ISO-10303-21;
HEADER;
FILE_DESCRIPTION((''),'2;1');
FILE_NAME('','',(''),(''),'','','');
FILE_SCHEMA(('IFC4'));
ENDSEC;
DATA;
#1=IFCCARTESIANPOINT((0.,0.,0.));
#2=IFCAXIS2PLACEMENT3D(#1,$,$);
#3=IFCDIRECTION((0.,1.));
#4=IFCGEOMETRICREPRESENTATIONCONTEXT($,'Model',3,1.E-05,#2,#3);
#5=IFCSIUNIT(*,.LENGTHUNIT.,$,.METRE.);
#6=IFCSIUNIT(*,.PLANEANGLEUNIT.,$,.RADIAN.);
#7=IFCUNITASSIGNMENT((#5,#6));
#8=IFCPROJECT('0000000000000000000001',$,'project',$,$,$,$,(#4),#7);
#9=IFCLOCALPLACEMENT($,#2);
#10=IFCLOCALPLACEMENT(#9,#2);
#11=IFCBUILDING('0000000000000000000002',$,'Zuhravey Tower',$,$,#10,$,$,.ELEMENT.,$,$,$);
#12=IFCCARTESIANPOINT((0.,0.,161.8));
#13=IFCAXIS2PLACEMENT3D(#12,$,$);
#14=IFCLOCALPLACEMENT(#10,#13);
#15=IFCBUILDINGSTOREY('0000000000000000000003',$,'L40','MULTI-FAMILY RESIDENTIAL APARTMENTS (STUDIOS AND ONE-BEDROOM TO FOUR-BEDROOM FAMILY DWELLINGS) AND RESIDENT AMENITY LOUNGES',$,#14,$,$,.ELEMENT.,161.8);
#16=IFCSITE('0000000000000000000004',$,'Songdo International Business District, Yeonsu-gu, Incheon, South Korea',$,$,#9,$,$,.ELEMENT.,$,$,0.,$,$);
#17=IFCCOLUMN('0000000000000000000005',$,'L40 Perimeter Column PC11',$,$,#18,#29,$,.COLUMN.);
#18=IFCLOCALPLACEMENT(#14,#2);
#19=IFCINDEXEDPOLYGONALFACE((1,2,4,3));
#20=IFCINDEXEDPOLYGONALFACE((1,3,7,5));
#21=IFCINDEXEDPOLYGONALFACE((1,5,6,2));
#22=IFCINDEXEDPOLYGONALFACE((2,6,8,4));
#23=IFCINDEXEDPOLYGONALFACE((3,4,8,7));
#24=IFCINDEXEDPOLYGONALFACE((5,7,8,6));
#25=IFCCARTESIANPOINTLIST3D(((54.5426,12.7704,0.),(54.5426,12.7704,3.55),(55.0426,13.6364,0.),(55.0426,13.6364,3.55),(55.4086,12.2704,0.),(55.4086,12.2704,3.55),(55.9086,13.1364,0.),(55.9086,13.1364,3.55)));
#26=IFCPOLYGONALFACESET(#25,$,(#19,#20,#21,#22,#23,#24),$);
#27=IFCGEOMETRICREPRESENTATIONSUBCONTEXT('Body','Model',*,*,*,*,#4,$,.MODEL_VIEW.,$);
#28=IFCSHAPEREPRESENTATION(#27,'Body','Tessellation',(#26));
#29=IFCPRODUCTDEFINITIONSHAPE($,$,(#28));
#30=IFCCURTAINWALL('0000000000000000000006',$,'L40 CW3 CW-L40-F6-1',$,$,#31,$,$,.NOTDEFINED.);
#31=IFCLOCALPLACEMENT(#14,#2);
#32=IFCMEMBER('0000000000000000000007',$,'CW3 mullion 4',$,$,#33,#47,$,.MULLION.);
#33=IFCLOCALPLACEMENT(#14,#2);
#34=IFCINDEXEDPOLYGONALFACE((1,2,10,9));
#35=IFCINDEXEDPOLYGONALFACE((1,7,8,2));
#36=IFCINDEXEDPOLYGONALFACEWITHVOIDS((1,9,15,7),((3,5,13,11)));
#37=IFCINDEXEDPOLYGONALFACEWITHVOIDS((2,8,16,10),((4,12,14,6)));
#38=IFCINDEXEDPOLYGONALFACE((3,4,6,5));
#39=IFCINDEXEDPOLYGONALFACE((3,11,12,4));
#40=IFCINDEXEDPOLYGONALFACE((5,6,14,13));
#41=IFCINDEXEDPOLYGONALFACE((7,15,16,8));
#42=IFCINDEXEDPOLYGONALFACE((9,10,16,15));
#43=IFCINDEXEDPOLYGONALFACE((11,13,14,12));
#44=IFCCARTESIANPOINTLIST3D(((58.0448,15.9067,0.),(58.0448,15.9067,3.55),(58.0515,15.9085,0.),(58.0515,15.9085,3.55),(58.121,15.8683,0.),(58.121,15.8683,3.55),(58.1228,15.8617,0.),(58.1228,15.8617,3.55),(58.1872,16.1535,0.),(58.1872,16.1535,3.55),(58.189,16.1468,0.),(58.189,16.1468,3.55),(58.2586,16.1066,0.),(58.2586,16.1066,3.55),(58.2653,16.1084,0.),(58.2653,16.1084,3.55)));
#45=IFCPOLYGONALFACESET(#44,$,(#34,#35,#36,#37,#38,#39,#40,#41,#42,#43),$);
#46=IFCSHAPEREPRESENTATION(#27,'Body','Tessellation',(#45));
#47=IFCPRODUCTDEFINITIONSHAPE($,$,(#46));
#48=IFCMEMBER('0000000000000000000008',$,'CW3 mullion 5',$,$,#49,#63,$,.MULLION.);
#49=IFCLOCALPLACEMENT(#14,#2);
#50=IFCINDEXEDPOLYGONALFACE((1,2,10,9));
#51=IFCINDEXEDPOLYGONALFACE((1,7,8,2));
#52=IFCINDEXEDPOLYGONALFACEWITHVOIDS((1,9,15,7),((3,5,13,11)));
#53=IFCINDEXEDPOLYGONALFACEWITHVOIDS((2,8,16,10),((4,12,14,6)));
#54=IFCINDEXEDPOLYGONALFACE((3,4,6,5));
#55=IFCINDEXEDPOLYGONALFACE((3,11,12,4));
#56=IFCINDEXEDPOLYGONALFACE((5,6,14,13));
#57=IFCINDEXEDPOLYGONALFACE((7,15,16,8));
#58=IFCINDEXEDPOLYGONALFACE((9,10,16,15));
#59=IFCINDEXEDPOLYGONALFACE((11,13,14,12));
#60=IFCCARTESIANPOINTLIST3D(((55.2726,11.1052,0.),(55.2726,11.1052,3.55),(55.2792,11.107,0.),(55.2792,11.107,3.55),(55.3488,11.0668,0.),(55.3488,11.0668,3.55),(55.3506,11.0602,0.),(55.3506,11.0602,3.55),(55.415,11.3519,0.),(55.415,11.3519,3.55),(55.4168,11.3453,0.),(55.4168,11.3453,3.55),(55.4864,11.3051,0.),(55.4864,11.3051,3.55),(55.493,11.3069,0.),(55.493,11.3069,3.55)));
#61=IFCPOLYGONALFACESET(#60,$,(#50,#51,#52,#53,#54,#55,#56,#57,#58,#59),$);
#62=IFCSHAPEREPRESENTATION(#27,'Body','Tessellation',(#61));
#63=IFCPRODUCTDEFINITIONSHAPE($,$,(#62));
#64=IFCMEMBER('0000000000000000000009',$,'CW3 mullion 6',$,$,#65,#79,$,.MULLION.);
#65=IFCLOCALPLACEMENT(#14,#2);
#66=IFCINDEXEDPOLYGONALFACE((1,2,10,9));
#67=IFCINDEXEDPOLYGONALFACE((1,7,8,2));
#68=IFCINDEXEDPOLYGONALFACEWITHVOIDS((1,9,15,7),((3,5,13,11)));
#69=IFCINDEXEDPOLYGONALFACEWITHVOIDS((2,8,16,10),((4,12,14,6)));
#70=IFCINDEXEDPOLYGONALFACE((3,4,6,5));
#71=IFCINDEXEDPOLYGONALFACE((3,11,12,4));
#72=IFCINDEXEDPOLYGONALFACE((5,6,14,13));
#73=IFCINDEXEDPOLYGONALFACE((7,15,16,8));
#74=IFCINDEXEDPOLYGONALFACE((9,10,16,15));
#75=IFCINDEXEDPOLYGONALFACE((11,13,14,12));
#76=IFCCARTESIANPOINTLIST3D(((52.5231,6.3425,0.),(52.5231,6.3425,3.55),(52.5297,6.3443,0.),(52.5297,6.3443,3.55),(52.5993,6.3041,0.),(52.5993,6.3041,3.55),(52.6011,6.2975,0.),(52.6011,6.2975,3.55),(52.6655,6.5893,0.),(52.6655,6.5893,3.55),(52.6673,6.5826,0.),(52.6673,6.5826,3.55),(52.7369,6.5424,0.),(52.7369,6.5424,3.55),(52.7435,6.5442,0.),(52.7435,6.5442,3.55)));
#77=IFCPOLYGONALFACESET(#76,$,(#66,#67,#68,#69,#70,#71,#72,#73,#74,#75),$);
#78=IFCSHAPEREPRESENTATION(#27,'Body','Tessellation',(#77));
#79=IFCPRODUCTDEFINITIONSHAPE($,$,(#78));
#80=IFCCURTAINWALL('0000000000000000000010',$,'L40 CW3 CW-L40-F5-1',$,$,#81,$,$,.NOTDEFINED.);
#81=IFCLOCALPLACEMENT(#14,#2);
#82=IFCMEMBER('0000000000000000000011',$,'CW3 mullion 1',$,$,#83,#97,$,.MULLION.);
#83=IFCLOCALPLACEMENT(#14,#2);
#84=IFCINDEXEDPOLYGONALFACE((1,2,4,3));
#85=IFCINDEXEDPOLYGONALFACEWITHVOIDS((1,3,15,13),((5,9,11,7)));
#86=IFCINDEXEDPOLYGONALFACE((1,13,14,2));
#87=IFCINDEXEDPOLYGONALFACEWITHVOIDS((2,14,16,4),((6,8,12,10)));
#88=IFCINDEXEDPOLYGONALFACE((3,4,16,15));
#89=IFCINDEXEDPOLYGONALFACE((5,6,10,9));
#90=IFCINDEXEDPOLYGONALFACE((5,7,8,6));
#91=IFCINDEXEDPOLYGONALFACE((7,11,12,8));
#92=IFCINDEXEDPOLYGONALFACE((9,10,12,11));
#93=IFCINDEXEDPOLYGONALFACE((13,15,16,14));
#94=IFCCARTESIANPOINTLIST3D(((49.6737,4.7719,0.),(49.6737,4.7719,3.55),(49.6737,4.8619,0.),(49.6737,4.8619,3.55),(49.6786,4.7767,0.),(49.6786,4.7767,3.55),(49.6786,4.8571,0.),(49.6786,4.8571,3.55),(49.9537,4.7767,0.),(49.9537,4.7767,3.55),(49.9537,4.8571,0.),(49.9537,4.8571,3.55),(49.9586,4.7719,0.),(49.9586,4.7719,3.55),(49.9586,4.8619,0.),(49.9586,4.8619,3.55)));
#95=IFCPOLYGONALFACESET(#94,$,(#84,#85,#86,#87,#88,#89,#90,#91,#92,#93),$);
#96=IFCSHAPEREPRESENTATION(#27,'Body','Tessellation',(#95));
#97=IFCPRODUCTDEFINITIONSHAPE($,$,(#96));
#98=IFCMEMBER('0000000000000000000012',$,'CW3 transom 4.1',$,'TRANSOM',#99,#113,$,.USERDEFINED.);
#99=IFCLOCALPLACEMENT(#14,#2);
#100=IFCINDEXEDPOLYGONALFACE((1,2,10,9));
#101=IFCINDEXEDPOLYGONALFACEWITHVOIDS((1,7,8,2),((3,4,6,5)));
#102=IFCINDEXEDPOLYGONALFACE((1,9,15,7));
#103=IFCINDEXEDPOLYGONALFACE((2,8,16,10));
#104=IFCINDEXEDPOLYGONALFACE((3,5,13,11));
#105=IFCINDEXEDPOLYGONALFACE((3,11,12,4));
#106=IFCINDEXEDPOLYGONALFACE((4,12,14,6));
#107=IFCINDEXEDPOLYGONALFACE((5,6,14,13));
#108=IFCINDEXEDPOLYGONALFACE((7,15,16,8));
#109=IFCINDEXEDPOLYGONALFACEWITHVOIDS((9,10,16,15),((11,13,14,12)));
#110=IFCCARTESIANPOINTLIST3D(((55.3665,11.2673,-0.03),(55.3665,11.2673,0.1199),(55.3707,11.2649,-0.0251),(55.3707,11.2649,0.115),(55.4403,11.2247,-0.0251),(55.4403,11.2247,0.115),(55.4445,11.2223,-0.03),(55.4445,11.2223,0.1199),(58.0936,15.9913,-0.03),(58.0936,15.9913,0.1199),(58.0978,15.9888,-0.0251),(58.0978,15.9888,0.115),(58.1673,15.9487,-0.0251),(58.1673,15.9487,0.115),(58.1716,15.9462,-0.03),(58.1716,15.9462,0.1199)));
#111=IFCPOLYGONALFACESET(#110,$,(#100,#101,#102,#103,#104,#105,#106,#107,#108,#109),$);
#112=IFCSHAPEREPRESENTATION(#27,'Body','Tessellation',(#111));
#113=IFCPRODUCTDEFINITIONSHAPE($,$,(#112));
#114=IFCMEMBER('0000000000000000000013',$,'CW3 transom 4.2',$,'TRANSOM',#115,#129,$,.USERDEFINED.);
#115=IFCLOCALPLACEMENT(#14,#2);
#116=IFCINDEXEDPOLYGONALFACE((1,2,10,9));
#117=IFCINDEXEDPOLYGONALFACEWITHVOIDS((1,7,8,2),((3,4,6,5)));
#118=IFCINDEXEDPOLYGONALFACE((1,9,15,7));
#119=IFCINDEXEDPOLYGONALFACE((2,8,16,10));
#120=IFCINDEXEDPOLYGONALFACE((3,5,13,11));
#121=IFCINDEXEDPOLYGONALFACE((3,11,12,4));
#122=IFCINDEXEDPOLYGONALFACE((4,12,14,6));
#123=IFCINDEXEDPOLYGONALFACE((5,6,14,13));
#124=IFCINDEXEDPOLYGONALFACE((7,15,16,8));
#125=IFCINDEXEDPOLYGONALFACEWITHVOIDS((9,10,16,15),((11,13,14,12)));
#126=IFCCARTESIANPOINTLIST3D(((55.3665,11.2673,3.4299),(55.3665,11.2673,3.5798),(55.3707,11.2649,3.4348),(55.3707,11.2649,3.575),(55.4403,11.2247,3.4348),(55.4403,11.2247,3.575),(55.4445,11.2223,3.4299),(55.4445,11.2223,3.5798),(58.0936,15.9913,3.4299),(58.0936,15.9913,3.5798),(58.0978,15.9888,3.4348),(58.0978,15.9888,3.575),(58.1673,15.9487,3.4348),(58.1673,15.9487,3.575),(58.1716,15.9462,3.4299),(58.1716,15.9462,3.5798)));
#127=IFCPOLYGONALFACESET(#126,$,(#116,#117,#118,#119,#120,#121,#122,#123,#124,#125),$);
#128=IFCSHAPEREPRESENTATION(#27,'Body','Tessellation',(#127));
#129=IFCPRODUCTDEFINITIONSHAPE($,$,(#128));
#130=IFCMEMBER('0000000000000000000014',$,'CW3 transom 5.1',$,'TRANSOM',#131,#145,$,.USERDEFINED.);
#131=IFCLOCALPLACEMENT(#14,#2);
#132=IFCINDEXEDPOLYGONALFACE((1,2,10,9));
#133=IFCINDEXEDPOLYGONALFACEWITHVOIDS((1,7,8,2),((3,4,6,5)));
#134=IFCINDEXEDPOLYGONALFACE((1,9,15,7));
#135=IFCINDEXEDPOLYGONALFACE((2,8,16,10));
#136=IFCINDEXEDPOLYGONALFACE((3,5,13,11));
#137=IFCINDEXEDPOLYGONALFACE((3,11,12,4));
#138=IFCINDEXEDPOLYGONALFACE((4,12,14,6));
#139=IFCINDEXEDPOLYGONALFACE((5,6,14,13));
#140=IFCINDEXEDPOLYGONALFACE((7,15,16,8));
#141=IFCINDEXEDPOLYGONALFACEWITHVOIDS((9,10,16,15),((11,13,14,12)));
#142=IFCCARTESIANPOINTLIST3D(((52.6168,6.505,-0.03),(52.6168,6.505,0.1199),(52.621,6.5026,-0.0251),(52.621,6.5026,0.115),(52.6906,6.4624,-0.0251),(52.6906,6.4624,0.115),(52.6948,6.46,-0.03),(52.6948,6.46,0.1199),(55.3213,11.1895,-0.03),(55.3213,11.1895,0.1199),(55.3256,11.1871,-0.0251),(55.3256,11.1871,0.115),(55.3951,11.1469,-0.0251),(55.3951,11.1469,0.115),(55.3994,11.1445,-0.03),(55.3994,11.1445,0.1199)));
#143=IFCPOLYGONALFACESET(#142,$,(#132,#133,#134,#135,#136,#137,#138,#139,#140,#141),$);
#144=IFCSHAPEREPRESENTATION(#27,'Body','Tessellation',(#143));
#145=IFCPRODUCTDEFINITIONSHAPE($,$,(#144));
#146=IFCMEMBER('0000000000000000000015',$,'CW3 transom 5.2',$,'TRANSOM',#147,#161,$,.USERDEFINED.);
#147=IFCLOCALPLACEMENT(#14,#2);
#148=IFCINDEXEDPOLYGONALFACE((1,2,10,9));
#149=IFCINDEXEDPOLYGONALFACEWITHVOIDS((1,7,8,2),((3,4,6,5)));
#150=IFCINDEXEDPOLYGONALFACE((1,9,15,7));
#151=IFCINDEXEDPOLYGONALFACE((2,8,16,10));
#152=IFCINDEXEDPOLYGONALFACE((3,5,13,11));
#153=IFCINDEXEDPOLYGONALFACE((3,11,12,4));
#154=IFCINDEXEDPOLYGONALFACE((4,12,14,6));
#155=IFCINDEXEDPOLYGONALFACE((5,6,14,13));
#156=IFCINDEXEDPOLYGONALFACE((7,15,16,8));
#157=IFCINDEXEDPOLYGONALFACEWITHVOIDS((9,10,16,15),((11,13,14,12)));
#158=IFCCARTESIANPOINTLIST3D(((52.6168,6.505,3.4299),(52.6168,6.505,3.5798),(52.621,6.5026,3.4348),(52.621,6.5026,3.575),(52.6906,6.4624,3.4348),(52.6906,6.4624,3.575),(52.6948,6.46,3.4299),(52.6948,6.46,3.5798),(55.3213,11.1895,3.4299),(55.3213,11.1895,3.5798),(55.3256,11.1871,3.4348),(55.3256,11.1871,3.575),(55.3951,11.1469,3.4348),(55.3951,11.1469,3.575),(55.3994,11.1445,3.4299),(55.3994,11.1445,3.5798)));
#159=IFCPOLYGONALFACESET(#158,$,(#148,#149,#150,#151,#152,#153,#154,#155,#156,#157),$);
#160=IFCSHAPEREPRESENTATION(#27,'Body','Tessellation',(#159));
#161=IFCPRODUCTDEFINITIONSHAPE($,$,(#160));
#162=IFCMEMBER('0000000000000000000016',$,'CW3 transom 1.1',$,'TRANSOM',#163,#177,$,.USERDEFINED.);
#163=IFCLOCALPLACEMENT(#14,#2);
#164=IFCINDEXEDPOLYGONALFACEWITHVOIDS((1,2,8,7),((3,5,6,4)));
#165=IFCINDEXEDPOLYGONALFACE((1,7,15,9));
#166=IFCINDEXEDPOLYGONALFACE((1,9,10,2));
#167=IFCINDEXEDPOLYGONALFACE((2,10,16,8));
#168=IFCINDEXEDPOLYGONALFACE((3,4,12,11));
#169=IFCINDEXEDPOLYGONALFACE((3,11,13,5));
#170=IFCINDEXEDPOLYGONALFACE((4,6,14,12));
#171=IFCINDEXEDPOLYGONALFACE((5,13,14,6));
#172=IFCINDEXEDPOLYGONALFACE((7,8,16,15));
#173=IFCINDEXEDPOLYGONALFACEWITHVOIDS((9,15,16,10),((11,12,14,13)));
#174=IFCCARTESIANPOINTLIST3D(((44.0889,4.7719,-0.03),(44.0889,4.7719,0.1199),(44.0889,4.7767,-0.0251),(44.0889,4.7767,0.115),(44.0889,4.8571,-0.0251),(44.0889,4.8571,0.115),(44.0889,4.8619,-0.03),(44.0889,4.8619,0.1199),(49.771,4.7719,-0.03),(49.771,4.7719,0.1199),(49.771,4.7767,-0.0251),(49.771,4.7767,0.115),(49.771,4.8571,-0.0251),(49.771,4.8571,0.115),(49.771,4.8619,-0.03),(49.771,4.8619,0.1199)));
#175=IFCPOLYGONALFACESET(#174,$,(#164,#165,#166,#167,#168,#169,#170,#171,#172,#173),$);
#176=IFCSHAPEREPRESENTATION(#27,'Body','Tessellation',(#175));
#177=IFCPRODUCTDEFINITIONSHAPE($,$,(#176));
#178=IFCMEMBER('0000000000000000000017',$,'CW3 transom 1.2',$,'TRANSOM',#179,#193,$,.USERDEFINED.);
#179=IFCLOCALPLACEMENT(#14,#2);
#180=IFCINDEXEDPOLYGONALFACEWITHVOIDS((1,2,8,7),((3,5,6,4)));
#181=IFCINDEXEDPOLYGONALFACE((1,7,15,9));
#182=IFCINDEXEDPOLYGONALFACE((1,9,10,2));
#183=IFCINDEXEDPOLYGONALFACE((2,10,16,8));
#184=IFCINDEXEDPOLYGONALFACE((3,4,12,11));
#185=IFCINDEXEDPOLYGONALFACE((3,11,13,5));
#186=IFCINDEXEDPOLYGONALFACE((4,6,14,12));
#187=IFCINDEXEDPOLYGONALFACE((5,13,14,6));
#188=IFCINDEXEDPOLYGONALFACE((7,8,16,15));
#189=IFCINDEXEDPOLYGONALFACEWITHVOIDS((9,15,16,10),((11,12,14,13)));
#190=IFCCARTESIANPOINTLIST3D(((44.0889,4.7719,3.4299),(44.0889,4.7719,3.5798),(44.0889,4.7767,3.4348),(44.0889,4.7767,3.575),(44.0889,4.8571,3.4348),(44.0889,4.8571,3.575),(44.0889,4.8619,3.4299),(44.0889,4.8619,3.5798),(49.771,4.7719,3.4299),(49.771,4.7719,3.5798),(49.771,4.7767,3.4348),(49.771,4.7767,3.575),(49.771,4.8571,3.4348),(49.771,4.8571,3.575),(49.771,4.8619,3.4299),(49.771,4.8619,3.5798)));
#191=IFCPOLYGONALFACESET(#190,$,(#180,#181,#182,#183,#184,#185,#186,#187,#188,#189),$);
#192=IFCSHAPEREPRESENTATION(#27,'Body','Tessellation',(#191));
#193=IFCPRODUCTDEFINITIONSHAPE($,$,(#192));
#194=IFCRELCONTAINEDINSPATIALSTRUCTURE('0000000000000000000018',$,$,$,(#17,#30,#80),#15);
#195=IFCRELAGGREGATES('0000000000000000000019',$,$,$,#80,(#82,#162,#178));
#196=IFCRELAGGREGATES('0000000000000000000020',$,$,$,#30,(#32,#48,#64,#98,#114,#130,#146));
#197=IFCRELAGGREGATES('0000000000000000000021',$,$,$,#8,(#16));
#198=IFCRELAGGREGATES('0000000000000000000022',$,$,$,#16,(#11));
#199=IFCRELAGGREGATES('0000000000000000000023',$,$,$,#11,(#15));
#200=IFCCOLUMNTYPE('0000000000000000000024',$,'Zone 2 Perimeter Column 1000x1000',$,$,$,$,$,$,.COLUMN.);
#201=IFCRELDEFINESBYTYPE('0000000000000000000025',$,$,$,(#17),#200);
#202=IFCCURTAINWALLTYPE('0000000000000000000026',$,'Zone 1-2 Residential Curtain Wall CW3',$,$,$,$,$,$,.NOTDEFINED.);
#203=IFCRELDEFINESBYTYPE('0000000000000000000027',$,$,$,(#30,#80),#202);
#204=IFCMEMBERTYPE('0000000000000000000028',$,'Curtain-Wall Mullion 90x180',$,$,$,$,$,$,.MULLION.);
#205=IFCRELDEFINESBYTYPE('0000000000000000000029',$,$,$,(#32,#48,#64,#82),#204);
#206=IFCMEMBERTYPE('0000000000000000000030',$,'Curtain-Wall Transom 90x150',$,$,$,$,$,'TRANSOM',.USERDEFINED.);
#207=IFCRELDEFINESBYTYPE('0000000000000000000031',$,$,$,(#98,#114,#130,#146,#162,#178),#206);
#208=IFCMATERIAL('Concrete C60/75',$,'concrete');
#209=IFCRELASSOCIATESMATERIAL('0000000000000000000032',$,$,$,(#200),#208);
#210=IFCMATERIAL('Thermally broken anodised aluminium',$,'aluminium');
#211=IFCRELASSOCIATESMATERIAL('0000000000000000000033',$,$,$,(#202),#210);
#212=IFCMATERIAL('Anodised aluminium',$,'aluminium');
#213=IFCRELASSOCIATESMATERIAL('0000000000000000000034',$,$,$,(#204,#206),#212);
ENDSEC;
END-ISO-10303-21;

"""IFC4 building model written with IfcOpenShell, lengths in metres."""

from ifc_helpers import new_model, si_unit, direction, frame, origin, origin_2d, place, context, subcontext, project, spatial, rectangle, hollow_rectangle, extrude, material, material_profile, profile_set, type_object, element, aggregate, save


model = new_model("IFC4")

# Units and contexts
model_context = context("Model", 3, precision=1e-05, world=origin(), true_north=direction((0.0, 1.0)))
body_context = subcontext(model_context, "Body", "Model", "MODEL_VIEW")
ifc_project = project(units=[si_unit("LENGTHUNIT", "METRE"), si_unit("PLANEANGLEUNIT", "RADIAN")], contexts=[model_context])

# Site, building, storey
site_placement = place(None, origin())
site = spatial("IfcSite", under=ifc_project, at=site_placement, Name="Songdo International Business District, Yeonsu-gu, Incheon, South Korea", CompositionType="ELEMENT", RefElevation=0.0)
building_placement = place(site_placement, origin())
building = spatial("IfcBuilding", under=site, at=building_placement, Name="Zuhravey Tower", CompositionType="ELEMENT")
storey_placement = place(building_placement, frame((0.0, 0.0, 161.8)))
storey = spatial("IfcBuildingStorey", under=building, at=storey_placement, Name="L40", Description="MULTI-FAMILY RESIDENTIAL APARTMENTS (STUDIOS AND ONE-BEDROOM TO FOUR-BEDROOM FAMILY DWELLINGS) AND RESIDENT AMENITY LOUNGES", CompositionType="ELEMENT", Elevation=161.8)

# Column
ifc_material_1 = material(Name="Concrete C60/75", Category="concrete")
ifc_material_profile_1 = material_profile(ifc_material_1, rectangle(XDim=1.0, YDim=1.0, at=origin_2d()), Name="RC-1000x1000")
ifc_profile_set_1 = profile_set([ifc_material_profile_1], Name="Concrete C60/75")
column_type = type_object("IfcColumnType", Name="Zone 2 Perimeter Column 1000x1000", PredefinedType="COLUMN", material=ifc_profile_set_1)
column_placement = place(storey_placement, frame((55.2256, 12.9534, 0.0), z_axis=(0.0, 0.0, 1.0), x_axis=(0.5, 0.866025, 0.0)))
element("IfcColumn", 1, at=column_placement, inside=storey, type_object=column_type, Name="L40 Perimeter Column PC11", PredefinedType="COLUMN", context=body_context, shape_type="SweptSolid", body=[
    extrude(rectangle(XDim=1.0, YDim=1.0, at=origin_2d()), origin(), (0.0, 0.0, 1.0), 3.55),
])

# Curtain wall, members
ifc_material_2 = material(Name="Thermally broken anodised aluminium", Category="aluminium")
curtain_wall_type = type_object("IfcCurtainWallType", Name="Zone 1-2 Residential Curtain Wall CW3", PredefinedType="NOTDEFINED", material=ifc_material_2)
curtain_wall_1_placement = place(storey_placement, origin())
curtain_wall_1 = element("IfcCurtainWall", 2, at=curtain_wall_1_placement, inside=storey, type_object=curtain_wall_type, Name="L40 CW3 CW-L40-F6-1", PredefinedType="NOTDEFINED")
ifc_material_3 = material(Name="Anodised aluminium", Category="aluminium")
ifc_material_profile_2 = material_profile(ifc_material_3, hollow_rectangle(XDim=0.0901, YDim=0.2849, WallThickness=0.0049, at=origin_2d()), Name="ALU-RHS-90x285x5")
ifc_profile_set_2 = profile_set([ifc_material_profile_2], Name="Anodised aluminium")
member_type_1 = type_object("IfcMemberType", Name="Curtain-Wall Mullion 90x180", PredefinedType="MULLION", material=ifc_profile_set_2)
member_1_placement = place(storey_placement, frame((58.155, 16.0076, 0.0), z_axis=(0.0, 0.0, 1.0), x_axis=(0.866025, -0.5, 0.0)))
member_1 = element("IfcMember", 3, at=member_1_placement, type_object=member_type_1, Name="CW3 mullion 4", PredefinedType="MULLION", context=body_context, shape_type="SweptSolid", body=[
    extrude(hollow_rectangle(XDim=0.0901, YDim=0.2849, WallThickness=0.0049, at=origin_2d()), origin(), (0.0, 0.0, 1.0), 3.55),
])
member_2_placement = place(storey_placement, frame((55.3828, 11.2061, 0.0), z_axis=(0.0, 0.0, 1.0), x_axis=(0.866025, -0.5, 0.0)))
member_2 = element("IfcMember", 4, at=member_2_placement, type_object=member_type_1, Name="CW3 mullion 5", PredefinedType="MULLION", context=body_context, shape_type="SweptSolid", body=[
    extrude(hollow_rectangle(XDim=0.0901, YDim=0.2849, WallThickness=0.0049, at=origin_2d()), origin(), (0.0, 0.0, 1.0), 3.55),
])
member_3_placement = place(storey_placement, frame((52.6333, 6.4434, 0.0), z_axis=(0.0, 0.0, 1.0), x_axis=(0.866025, -0.5, 0.0)))
member_3 = element("IfcMember", 5, at=member_3_placement, type_object=member_type_1, Name="CW3 mullion 6", PredefinedType="MULLION", context=body_context, shape_type="SweptSolid", body=[
    extrude(hollow_rectangle(XDim=0.0901, YDim=0.2849, WallThickness=0.0049, at=origin_2d()), origin(), (0.0, 0.0, 1.0), 3.55),
])

# Curtain wall, member
curtain_wall_2_placement = place(storey_placement, origin())
curtain_wall_2 = element("IfcCurtainWall", 6, at=curtain_wall_2_placement, inside=storey, type_object=curtain_wall_type, Name="L40 CW3 CW-L40-F5-1", PredefinedType="NOTDEFINED")
member_4_placement = place(storey_placement, frame((49.8162, 4.8169, 0.0), z_axis=(0.0, 0.0, 1.0), x_axis=(0.0, -1.0, 0.0)))
member_4 = element("IfcMember", 7, at=member_4_placement, type_object=member_type_1, Name="CW3 mullion 1", PredefinedType="MULLION", context=body_context, shape_type="SweptSolid", body=[
    extrude(hollow_rectangle(XDim=0.0901, YDim=0.2849, WallThickness=0.0049, at=origin_2d()), origin(), (0.0, 0.0, 1.0), 3.55),
])

# Members
ifc_material_profile_3 = material_profile(ifc_material_3, hollow_rectangle(XDim=0.0901, YDim=0.1499, WallThickness=0.0049, at=origin_2d()), Name="ALU-RHS-90x150x5")
ifc_profile_set_3 = profile_set([ifc_material_profile_3], Name="Anodised aluminium")
member_type_2 = type_object("IfcMemberType", Name="Curtain-Wall Transom 90x150", ElementType="TRANSOM", PredefinedType="USERDEFINED", material=ifc_profile_set_3)
member_5_placement = place(storey_placement, frame((58.1326, 15.9688, 0.0449), z_axis=(-0.499961, -0.866048, 0.0), x_axis=(0.866048, -0.499961, 0.0)))
member_5 = element("IfcMember", 8, at=member_5_placement, type_object=member_type_2, Name="CW3 transom 4.1", ObjectType="TRANSOM", PredefinedType="USERDEFINED", context=body_context, shape_type="SweptSolid", body=[
    extrude(hollow_rectangle(XDim=0.0901, YDim=0.1499, WallThickness=0.0049, at=origin_2d()), origin(), (0.0, 0.0, 1.0), 5.4546),
])
member_6_placement = place(storey_placement, frame((58.1326, 15.9688, 3.5049), z_axis=(-0.499961, -0.866048, 0.0), x_axis=(0.866048, -0.499961, 0.0)))
member_6 = element("IfcMember", 9, at=member_6_placement, type_object=member_type_2, Name="CW3 transom 4.2", ObjectType="TRANSOM", PredefinedType="USERDEFINED", context=body_context, shape_type="SweptSolid", body=[
    extrude(hollow_rectangle(XDim=0.0901, YDim=0.1499, WallThickness=0.0049, at=origin_2d()), origin(), (0.0, 0.0, 1.0), 5.4546),
])
member_7_placement = place(storey_placement, frame((55.3604, 11.167, 0.0449), z_axis=(-0.499993, -0.866029, 0.0), x_axis=(0.866029, -0.499993, 0.0)))
member_7 = element("IfcMember", 10, at=member_7_placement, type_object=member_type_2, Name="CW3 transom 5.1", ObjectType="TRANSOM", PredefinedType="USERDEFINED", context=body_context, shape_type="SweptSolid", body=[
    extrude(hollow_rectangle(XDim=0.0901, YDim=0.1499, WallThickness=0.0049, at=origin_2d()), origin(), (0.0, 0.0, 1.0), 5.4092),
])
member_8_placement = place(storey_placement, frame((55.3604, 11.167, 3.5049), z_axis=(-0.499993, -0.866029, 0.0), x_axis=(0.866029, -0.499993, 0.0)))
member_8 = element("IfcMember", 11, at=member_8_placement, type_object=member_type_2, Name="CW3 transom 5.2", ObjectType="TRANSOM", PredefinedType="USERDEFINED", context=body_context, shape_type="SweptSolid", body=[
    extrude(hollow_rectangle(XDim=0.0901, YDim=0.1499, WallThickness=0.0049, at=origin_2d()), origin(), (0.0, 0.0, 1.0), 5.4092),
])
member_9_placement = place(storey_placement, frame((49.771, 4.8169, 0.0449), z_axis=(-1.0, 0.0, 0.0), x_axis=(0.0, -1.0, 0.0)))
member_9 = element("IfcMember", 12, at=member_9_placement, type_object=member_type_2, Name="CW3 transom 1.1", ObjectType="TRANSOM", PredefinedType="USERDEFINED", context=body_context, shape_type="SweptSolid", body=[
    extrude(hollow_rectangle(XDim=0.0901, YDim=0.1499, WallThickness=0.0049, at=origin_2d()), origin(), (0.0, 0.0, 1.0), 5.6821),
])
member_10_placement = place(storey_placement, frame((49.771, 4.8169, 3.5049), z_axis=(-1.0, 0.0, 0.0), x_axis=(0.0, -1.0, 0.0)))
member_10 = element("IfcMember", 13, at=member_10_placement, type_object=member_type_2, Name="CW3 transom 1.2", ObjectType="TRANSOM", PredefinedType="USERDEFINED", context=body_context, shape_type="SweptSolid", body=[
    extrude(hollow_rectangle(XDim=0.0901, YDim=0.1499, WallThickness=0.0049, at=origin_2d()), origin(), (0.0, 0.0, 1.0), 5.6821),
])
aggregate(curtain_wall_2, [member_4, member_9, member_10])

aggregate(curtain_wall_1, [member_1, member_2, member_3, member_5, member_6, member_7, member_8])

save(model, "model.ifc")
